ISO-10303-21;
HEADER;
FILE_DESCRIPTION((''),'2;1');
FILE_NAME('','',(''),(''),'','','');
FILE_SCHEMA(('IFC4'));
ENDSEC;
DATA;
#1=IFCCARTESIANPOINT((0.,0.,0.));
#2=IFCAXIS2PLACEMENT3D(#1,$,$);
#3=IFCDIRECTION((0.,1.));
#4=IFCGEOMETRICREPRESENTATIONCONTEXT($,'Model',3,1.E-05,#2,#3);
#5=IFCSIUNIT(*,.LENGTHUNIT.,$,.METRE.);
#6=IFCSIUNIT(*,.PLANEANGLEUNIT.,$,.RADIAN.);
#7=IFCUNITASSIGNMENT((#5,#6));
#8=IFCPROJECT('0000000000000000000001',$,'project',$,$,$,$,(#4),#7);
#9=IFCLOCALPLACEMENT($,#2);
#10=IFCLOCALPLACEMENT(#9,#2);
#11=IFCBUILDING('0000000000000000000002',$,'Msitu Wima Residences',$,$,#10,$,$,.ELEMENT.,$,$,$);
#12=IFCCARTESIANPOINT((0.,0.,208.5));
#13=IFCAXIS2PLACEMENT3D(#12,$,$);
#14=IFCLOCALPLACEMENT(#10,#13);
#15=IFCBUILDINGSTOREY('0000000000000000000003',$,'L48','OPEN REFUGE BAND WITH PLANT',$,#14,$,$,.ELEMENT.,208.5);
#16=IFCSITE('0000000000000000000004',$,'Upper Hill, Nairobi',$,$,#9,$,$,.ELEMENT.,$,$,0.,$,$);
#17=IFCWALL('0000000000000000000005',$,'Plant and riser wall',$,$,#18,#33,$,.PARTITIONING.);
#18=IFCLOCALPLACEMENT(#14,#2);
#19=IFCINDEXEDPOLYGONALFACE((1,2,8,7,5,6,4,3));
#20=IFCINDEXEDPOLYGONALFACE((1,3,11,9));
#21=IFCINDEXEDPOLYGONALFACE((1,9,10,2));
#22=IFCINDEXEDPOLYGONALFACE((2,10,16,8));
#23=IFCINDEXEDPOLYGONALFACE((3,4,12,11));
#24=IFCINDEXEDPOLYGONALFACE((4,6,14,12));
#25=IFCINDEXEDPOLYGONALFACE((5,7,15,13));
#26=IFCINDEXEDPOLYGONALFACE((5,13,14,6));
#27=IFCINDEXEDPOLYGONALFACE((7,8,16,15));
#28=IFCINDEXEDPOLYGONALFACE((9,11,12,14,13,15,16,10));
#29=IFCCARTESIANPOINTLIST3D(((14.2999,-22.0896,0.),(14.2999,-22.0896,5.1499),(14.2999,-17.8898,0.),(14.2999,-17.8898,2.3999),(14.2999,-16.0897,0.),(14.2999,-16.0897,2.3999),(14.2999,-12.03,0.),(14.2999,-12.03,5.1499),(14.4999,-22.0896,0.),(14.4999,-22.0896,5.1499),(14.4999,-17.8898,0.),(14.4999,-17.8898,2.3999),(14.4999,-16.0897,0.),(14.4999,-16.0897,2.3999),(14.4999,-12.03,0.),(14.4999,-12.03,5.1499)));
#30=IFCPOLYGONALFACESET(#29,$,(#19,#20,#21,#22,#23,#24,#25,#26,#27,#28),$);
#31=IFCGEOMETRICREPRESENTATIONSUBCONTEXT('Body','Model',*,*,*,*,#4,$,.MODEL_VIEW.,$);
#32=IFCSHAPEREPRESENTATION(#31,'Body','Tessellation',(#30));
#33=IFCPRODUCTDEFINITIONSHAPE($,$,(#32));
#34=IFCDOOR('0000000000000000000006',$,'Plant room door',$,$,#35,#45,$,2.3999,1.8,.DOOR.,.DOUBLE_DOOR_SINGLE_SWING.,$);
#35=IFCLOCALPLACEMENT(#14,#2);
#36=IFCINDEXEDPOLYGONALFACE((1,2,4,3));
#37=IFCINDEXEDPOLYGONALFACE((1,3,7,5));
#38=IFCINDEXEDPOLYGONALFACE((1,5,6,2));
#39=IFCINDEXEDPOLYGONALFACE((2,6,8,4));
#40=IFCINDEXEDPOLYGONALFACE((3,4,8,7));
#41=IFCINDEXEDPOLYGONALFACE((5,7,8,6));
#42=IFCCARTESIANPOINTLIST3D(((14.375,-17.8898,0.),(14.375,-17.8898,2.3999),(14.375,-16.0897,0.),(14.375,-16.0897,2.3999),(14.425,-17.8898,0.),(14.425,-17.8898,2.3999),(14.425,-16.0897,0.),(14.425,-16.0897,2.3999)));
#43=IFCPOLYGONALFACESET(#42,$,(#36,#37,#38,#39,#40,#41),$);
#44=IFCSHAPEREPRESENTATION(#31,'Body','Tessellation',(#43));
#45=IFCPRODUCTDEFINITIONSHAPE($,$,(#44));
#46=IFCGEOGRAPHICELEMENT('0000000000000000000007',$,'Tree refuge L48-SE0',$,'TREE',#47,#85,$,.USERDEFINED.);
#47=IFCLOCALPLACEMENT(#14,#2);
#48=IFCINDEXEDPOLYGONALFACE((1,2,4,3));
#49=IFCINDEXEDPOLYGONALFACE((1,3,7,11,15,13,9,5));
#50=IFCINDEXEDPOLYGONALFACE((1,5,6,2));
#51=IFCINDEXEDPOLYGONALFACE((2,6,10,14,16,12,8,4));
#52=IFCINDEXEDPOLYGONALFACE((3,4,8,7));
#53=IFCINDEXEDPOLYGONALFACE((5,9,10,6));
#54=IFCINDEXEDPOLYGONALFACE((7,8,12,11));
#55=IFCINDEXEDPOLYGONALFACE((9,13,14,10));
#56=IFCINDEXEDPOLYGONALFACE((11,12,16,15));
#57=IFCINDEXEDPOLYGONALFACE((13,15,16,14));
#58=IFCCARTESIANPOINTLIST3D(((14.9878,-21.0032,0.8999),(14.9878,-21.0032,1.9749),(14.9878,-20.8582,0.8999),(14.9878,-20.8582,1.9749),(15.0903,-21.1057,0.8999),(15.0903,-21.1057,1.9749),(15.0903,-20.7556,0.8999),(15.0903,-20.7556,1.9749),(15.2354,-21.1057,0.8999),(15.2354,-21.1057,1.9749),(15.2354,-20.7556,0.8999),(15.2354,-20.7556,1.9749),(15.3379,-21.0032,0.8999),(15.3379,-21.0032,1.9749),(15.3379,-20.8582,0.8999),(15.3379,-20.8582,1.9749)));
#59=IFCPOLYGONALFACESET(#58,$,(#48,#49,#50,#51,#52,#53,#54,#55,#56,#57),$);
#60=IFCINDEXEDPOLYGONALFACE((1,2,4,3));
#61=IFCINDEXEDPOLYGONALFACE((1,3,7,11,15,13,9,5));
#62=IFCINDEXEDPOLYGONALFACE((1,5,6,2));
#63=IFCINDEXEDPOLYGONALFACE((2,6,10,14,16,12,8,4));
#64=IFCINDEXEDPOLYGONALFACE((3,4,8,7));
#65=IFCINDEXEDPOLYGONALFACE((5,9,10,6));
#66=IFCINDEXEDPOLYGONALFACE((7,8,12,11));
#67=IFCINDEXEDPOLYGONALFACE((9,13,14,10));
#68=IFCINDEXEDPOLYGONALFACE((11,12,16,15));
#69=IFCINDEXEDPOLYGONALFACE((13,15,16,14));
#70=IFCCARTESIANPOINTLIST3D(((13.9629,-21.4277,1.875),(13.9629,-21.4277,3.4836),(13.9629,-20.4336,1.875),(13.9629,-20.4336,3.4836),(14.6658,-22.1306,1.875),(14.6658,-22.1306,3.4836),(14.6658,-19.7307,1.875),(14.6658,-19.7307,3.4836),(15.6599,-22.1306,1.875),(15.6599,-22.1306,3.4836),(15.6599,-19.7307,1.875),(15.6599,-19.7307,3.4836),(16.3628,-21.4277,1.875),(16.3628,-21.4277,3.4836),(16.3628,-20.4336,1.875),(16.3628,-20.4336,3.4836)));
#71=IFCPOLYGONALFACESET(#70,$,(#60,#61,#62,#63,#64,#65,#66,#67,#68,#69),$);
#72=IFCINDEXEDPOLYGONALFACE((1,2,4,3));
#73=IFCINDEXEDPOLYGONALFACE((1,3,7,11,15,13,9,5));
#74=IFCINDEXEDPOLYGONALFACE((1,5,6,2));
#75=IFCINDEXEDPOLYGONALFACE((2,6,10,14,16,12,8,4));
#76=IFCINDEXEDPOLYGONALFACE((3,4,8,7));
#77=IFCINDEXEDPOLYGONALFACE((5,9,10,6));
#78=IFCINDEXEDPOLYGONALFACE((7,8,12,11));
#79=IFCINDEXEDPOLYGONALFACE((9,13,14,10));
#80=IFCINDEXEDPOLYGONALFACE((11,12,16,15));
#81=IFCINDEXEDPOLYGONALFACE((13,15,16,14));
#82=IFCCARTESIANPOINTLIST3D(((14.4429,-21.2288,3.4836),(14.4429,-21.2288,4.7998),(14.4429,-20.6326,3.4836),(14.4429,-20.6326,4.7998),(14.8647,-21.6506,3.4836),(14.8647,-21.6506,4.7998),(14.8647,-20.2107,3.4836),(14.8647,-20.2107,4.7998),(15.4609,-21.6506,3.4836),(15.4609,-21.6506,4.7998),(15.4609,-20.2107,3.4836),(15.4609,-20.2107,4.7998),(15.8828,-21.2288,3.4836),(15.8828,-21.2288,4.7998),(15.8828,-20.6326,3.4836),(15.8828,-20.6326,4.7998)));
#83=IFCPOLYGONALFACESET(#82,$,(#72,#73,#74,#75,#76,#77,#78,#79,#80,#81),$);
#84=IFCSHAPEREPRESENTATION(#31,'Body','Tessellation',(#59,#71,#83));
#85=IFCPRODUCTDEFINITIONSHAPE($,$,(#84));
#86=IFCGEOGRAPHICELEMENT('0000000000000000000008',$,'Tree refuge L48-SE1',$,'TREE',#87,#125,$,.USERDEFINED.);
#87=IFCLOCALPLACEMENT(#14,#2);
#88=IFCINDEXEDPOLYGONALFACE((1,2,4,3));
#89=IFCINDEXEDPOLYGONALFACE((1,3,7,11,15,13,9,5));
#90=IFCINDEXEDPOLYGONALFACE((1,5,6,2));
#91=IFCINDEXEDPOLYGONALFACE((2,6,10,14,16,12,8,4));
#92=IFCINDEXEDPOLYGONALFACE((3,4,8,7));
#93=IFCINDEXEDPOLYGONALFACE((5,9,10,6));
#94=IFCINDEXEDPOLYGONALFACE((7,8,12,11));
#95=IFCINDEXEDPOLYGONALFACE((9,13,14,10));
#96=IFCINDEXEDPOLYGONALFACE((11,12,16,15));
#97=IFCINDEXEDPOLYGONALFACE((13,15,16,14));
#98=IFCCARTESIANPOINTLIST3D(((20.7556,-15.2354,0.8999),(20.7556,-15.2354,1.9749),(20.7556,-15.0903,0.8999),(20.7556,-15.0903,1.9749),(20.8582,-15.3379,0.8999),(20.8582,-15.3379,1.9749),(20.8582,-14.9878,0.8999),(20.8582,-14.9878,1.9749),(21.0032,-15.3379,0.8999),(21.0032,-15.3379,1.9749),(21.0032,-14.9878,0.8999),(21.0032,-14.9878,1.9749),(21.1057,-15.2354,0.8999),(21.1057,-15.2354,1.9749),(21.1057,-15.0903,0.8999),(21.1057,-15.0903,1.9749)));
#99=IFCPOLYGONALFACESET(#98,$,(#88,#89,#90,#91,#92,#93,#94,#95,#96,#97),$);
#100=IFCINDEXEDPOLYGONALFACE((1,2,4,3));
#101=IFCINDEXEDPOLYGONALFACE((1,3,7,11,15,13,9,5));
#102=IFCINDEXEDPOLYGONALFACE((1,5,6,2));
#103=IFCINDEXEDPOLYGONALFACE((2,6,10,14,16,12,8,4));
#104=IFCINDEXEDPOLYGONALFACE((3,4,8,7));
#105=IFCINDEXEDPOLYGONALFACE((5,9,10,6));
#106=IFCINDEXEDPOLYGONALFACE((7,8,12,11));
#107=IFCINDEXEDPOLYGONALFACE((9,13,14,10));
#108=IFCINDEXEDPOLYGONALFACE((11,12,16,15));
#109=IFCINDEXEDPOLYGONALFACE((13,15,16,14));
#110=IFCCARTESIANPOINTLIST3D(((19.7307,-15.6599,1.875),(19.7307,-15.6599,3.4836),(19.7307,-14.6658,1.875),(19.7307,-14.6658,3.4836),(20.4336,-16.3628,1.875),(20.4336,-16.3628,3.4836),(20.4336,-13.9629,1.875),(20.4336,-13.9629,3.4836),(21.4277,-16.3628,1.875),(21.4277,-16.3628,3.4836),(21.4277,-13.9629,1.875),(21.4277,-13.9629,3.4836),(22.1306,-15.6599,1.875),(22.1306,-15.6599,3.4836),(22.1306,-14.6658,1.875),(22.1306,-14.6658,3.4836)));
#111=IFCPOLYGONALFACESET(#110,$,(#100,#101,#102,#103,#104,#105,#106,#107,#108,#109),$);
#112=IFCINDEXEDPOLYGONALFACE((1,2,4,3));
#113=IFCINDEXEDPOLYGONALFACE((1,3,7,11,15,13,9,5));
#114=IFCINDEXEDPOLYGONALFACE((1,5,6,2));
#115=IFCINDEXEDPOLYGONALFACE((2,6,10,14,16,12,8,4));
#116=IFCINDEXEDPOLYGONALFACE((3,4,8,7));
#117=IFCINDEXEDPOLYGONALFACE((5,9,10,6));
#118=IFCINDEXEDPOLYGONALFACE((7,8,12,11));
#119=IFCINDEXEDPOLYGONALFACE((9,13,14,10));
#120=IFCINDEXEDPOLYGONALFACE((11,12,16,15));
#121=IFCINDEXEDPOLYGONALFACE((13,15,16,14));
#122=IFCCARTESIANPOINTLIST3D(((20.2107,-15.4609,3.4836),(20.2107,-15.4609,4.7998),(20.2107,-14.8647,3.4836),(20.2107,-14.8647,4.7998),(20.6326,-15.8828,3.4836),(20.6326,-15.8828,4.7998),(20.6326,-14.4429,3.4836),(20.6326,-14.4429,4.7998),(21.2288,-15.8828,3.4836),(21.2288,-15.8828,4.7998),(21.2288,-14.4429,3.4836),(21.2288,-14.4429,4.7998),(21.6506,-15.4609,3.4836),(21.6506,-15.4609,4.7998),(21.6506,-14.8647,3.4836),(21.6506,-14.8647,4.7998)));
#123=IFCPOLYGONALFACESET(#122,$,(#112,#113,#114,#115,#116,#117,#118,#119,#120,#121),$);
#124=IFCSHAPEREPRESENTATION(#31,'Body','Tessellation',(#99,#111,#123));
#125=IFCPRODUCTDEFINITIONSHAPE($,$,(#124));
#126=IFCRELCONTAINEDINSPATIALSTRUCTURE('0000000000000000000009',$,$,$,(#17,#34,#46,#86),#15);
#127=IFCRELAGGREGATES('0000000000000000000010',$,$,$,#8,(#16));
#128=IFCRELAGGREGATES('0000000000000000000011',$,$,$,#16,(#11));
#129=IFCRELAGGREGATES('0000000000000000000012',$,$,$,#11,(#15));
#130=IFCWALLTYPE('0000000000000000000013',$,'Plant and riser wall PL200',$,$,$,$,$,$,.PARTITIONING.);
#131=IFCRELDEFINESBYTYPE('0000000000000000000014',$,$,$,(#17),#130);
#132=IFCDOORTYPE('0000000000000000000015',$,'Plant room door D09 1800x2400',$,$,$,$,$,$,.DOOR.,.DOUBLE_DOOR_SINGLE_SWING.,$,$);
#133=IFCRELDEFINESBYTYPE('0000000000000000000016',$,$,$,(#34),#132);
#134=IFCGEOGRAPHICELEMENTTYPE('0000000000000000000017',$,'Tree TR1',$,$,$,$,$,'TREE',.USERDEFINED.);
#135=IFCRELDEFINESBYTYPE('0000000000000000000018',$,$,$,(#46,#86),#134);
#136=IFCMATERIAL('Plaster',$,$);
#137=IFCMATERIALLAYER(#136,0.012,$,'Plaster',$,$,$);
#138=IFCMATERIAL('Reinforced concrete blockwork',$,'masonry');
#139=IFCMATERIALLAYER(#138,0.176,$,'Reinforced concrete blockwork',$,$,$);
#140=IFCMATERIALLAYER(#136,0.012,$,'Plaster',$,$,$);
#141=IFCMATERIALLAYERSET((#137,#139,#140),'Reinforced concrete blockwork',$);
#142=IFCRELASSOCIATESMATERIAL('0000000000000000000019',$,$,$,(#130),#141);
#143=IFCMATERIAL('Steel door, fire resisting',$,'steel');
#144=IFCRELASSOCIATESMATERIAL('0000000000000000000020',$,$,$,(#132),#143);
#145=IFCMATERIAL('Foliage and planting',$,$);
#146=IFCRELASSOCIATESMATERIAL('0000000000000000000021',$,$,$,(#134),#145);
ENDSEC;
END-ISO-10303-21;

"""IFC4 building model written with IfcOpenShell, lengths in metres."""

from ifc_helpers import new_model, si_unit, direction, frame, frame_2d, origin, place, context, subcontext, project, spatial, polyline, rectangle, outline, extrude, material, layer, layer_set, type_object, element, fill, save


model = new_model("IFC4")

# Units and contexts
model_context = context("Model", 3, precision=1e-05, world=origin(), true_north=direction((0.0, 1.0)))
body_context = subcontext(model_context, "Body", "Model", "MODEL_VIEW")
ifc_project = project(units=[si_unit("LENGTHUNIT", "METRE"), si_unit("PLANEANGLEUNIT", "RADIAN")], contexts=[model_context])

# Site, building, storey
site_placement = place(None, origin())
site = spatial("IfcSite", under=ifc_project, at=site_placement, Name="Upper Hill, Nairobi", CompositionType="ELEMENT", RefElevation=0.0)
building_placement = place(site_placement, origin())
building = spatial("IfcBuilding", under=site, at=building_placement, Name="Msitu Wima Residences", CompositionType="ELEMENT")
storey_placement = place(building_placement, frame((0.0, 0.0, 208.5)))
storey = spatial("IfcBuildingStorey", under=building, at=storey_placement, Name="L48", Description="OPEN REFUGE BAND WITH PLANT", CompositionType="ELEMENT", Elevation=208.5)

# Wall, opening, door
ifc_material_1 = material(Name="Plaster")
ifc_layer_1 = layer(ifc_material_1, 0.012, Name="Plaster")
ifc_material_2 = material(Name="Reinforced concrete blockwork", Category="masonry")
ifc_layer_2 = layer(ifc_material_2, 0.176, Name="Reinforced concrete blockwork")
ifc_layer_3 = layer(ifc_material_1, 0.012, Name="Plaster")
ifc_layer_set_1 = layer_set([ifc_layer_1, ifc_layer_2, ifc_layer_3], Name="Reinforced concrete blockwork")
wall_type_1 = type_object("IfcWallType", Name="Plant and riser wall PL200", PredefinedType="PARTITIONING", material=ifc_layer_set_1)
wall_placement = place(storey_placement, frame((14.3999, -22.0896, 0.0), z_axis=(0.0, 0.0, 1.0), x_axis=(0.0, 1.0, 0.0)))
wall = element("IfcWall", 1, at=wall_placement, inside=storey, type_object=wall_type_1, Name="Plant and riser wall", PredefinedType="PARTITIONING", context=body_context, shape_type="SweptSolid", body=[
    extrude(rectangle(XDim=10.0596, YDim=0.2, at=frame_2d((5.0298, 0.0))), origin(), (0.0, 0.0, 1.0), 5.1499),
])
opening_placement = place(wall_placement, frame((4.2, 0.0, 0.0)))
opening = element("IfcOpeningElement", 2, at=opening_placement, cuts=wall, PredefinedType="OPENING", context=body_context, shape_type="SweptSolid", body=[
    extrude(rectangle(XDim=1.8, YDim=2.3999, at=frame_2d((0.8999, 1.2))), frame((0.0, 0.1099, 0.0), z_axis=(0.0, -1.0, 0.0), x_axis=(1.0, 0.0, 0.0)), (0.0, 0.0, 1.0), 0.22),
])
ifc_material_3 = material(Name="Steel door, fire resisting", Category="steel")
door_type = type_object("IfcDoorType", Name="Plant room door D09 1800x2400", OperationType="DOUBLE_DOOR_SINGLE_SWING", PredefinedType="DOOR", material=ifc_material_3)
door_placement = place(opening_placement, origin())
door = element("IfcDoor", 3, at=door_placement, inside=storey, type_object=door_type, Name="Plant room door", OperationType="DOUBLE_DOOR_SINGLE_SWING", OverallHeight=2.3999, OverallWidth=1.8, PredefinedType="DOOR", context=body_context, shape_type="SweptSolid", body=[
    extrude(rectangle(XDim=1.8, YDim=2.3999, at=frame_2d((0.8999, 1.2))), frame((0.0, 0.0249, 0.0), z_axis=(0.0, -1.0, 0.0), x_axis=(1.0, 0.0, 0.0)), (0.0, 0.0, 1.0), 0.05),
])
fill(opening, door)

# Geographic elements
ifc_material_4 = material(Name="Foliage and planting")
geographic_element_type = type_object("IfcGeographicElementType", Name="Tree TR1", ElementType="TREE", PredefinedType="USERDEFINED", material=ifc_material_4)
for number, where, z_axis, x_axis, name in (
    (4, (15.1628, -20.9307, 0.8999), (0.0, 0.0, 1.0), (1.0, 0.0, 0.0), "Tree refuge L48-SE0"),
    (5, (20.9307, -15.1628, 0.8999), (0.0, 0.0, 1.0), (1.0, 0.0, 0.0), "Tree refuge L48-SE1"),
):
    element("IfcGeographicElement", number, at=place(storey_placement, frame(where, z_axis=z_axis, x_axis=x_axis)), inside=storey, type_object=geographic_element_type, Name=name, ObjectType="TREE", PredefinedType="USERDEFINED", context=body_context, shape_type="SweptSolid", body=[
        extrude(outline(polyline([(0.175, 0.0725), (0.0725, 0.175), (-0.0725, 0.175), (-0.175, 0.0725), (-0.175, -0.0725), (-0.0725, -0.175), (0.0725, -0.175), (0.175, -0.0725), (0.175, 0.0725)])), origin(), (0.0, 0.0, 1.0), 1.075),
        extrude(outline(polyline([(1.2, 0.4971), (0.4971, 1.2), (-0.4971, 1.2), (-1.2, 0.4971), (-1.2, -0.4971), (-0.4971, -1.2), (0.4971, -1.2), (1.2, -0.4971), (1.2, 0.4971)])), frame((0.0, 0.0, 0.9751)), (0.0, 0.0, 1.0), 1.6086),
        extrude(outline(polyline([(0.72, 0.2981), (0.2981, 0.72), (-0.2981, 0.72), (-0.72, 0.2981), (-0.72, -0.2981), (-0.2981, -0.72), (0.2981, -0.72), (0.72, -0.2981), (0.72, 0.2981)])), frame((0.0, 0.0, 2.5837)), (0.0, 0.0, 1.0), 1.3162),
    ])

save(model, "model.ifc")
